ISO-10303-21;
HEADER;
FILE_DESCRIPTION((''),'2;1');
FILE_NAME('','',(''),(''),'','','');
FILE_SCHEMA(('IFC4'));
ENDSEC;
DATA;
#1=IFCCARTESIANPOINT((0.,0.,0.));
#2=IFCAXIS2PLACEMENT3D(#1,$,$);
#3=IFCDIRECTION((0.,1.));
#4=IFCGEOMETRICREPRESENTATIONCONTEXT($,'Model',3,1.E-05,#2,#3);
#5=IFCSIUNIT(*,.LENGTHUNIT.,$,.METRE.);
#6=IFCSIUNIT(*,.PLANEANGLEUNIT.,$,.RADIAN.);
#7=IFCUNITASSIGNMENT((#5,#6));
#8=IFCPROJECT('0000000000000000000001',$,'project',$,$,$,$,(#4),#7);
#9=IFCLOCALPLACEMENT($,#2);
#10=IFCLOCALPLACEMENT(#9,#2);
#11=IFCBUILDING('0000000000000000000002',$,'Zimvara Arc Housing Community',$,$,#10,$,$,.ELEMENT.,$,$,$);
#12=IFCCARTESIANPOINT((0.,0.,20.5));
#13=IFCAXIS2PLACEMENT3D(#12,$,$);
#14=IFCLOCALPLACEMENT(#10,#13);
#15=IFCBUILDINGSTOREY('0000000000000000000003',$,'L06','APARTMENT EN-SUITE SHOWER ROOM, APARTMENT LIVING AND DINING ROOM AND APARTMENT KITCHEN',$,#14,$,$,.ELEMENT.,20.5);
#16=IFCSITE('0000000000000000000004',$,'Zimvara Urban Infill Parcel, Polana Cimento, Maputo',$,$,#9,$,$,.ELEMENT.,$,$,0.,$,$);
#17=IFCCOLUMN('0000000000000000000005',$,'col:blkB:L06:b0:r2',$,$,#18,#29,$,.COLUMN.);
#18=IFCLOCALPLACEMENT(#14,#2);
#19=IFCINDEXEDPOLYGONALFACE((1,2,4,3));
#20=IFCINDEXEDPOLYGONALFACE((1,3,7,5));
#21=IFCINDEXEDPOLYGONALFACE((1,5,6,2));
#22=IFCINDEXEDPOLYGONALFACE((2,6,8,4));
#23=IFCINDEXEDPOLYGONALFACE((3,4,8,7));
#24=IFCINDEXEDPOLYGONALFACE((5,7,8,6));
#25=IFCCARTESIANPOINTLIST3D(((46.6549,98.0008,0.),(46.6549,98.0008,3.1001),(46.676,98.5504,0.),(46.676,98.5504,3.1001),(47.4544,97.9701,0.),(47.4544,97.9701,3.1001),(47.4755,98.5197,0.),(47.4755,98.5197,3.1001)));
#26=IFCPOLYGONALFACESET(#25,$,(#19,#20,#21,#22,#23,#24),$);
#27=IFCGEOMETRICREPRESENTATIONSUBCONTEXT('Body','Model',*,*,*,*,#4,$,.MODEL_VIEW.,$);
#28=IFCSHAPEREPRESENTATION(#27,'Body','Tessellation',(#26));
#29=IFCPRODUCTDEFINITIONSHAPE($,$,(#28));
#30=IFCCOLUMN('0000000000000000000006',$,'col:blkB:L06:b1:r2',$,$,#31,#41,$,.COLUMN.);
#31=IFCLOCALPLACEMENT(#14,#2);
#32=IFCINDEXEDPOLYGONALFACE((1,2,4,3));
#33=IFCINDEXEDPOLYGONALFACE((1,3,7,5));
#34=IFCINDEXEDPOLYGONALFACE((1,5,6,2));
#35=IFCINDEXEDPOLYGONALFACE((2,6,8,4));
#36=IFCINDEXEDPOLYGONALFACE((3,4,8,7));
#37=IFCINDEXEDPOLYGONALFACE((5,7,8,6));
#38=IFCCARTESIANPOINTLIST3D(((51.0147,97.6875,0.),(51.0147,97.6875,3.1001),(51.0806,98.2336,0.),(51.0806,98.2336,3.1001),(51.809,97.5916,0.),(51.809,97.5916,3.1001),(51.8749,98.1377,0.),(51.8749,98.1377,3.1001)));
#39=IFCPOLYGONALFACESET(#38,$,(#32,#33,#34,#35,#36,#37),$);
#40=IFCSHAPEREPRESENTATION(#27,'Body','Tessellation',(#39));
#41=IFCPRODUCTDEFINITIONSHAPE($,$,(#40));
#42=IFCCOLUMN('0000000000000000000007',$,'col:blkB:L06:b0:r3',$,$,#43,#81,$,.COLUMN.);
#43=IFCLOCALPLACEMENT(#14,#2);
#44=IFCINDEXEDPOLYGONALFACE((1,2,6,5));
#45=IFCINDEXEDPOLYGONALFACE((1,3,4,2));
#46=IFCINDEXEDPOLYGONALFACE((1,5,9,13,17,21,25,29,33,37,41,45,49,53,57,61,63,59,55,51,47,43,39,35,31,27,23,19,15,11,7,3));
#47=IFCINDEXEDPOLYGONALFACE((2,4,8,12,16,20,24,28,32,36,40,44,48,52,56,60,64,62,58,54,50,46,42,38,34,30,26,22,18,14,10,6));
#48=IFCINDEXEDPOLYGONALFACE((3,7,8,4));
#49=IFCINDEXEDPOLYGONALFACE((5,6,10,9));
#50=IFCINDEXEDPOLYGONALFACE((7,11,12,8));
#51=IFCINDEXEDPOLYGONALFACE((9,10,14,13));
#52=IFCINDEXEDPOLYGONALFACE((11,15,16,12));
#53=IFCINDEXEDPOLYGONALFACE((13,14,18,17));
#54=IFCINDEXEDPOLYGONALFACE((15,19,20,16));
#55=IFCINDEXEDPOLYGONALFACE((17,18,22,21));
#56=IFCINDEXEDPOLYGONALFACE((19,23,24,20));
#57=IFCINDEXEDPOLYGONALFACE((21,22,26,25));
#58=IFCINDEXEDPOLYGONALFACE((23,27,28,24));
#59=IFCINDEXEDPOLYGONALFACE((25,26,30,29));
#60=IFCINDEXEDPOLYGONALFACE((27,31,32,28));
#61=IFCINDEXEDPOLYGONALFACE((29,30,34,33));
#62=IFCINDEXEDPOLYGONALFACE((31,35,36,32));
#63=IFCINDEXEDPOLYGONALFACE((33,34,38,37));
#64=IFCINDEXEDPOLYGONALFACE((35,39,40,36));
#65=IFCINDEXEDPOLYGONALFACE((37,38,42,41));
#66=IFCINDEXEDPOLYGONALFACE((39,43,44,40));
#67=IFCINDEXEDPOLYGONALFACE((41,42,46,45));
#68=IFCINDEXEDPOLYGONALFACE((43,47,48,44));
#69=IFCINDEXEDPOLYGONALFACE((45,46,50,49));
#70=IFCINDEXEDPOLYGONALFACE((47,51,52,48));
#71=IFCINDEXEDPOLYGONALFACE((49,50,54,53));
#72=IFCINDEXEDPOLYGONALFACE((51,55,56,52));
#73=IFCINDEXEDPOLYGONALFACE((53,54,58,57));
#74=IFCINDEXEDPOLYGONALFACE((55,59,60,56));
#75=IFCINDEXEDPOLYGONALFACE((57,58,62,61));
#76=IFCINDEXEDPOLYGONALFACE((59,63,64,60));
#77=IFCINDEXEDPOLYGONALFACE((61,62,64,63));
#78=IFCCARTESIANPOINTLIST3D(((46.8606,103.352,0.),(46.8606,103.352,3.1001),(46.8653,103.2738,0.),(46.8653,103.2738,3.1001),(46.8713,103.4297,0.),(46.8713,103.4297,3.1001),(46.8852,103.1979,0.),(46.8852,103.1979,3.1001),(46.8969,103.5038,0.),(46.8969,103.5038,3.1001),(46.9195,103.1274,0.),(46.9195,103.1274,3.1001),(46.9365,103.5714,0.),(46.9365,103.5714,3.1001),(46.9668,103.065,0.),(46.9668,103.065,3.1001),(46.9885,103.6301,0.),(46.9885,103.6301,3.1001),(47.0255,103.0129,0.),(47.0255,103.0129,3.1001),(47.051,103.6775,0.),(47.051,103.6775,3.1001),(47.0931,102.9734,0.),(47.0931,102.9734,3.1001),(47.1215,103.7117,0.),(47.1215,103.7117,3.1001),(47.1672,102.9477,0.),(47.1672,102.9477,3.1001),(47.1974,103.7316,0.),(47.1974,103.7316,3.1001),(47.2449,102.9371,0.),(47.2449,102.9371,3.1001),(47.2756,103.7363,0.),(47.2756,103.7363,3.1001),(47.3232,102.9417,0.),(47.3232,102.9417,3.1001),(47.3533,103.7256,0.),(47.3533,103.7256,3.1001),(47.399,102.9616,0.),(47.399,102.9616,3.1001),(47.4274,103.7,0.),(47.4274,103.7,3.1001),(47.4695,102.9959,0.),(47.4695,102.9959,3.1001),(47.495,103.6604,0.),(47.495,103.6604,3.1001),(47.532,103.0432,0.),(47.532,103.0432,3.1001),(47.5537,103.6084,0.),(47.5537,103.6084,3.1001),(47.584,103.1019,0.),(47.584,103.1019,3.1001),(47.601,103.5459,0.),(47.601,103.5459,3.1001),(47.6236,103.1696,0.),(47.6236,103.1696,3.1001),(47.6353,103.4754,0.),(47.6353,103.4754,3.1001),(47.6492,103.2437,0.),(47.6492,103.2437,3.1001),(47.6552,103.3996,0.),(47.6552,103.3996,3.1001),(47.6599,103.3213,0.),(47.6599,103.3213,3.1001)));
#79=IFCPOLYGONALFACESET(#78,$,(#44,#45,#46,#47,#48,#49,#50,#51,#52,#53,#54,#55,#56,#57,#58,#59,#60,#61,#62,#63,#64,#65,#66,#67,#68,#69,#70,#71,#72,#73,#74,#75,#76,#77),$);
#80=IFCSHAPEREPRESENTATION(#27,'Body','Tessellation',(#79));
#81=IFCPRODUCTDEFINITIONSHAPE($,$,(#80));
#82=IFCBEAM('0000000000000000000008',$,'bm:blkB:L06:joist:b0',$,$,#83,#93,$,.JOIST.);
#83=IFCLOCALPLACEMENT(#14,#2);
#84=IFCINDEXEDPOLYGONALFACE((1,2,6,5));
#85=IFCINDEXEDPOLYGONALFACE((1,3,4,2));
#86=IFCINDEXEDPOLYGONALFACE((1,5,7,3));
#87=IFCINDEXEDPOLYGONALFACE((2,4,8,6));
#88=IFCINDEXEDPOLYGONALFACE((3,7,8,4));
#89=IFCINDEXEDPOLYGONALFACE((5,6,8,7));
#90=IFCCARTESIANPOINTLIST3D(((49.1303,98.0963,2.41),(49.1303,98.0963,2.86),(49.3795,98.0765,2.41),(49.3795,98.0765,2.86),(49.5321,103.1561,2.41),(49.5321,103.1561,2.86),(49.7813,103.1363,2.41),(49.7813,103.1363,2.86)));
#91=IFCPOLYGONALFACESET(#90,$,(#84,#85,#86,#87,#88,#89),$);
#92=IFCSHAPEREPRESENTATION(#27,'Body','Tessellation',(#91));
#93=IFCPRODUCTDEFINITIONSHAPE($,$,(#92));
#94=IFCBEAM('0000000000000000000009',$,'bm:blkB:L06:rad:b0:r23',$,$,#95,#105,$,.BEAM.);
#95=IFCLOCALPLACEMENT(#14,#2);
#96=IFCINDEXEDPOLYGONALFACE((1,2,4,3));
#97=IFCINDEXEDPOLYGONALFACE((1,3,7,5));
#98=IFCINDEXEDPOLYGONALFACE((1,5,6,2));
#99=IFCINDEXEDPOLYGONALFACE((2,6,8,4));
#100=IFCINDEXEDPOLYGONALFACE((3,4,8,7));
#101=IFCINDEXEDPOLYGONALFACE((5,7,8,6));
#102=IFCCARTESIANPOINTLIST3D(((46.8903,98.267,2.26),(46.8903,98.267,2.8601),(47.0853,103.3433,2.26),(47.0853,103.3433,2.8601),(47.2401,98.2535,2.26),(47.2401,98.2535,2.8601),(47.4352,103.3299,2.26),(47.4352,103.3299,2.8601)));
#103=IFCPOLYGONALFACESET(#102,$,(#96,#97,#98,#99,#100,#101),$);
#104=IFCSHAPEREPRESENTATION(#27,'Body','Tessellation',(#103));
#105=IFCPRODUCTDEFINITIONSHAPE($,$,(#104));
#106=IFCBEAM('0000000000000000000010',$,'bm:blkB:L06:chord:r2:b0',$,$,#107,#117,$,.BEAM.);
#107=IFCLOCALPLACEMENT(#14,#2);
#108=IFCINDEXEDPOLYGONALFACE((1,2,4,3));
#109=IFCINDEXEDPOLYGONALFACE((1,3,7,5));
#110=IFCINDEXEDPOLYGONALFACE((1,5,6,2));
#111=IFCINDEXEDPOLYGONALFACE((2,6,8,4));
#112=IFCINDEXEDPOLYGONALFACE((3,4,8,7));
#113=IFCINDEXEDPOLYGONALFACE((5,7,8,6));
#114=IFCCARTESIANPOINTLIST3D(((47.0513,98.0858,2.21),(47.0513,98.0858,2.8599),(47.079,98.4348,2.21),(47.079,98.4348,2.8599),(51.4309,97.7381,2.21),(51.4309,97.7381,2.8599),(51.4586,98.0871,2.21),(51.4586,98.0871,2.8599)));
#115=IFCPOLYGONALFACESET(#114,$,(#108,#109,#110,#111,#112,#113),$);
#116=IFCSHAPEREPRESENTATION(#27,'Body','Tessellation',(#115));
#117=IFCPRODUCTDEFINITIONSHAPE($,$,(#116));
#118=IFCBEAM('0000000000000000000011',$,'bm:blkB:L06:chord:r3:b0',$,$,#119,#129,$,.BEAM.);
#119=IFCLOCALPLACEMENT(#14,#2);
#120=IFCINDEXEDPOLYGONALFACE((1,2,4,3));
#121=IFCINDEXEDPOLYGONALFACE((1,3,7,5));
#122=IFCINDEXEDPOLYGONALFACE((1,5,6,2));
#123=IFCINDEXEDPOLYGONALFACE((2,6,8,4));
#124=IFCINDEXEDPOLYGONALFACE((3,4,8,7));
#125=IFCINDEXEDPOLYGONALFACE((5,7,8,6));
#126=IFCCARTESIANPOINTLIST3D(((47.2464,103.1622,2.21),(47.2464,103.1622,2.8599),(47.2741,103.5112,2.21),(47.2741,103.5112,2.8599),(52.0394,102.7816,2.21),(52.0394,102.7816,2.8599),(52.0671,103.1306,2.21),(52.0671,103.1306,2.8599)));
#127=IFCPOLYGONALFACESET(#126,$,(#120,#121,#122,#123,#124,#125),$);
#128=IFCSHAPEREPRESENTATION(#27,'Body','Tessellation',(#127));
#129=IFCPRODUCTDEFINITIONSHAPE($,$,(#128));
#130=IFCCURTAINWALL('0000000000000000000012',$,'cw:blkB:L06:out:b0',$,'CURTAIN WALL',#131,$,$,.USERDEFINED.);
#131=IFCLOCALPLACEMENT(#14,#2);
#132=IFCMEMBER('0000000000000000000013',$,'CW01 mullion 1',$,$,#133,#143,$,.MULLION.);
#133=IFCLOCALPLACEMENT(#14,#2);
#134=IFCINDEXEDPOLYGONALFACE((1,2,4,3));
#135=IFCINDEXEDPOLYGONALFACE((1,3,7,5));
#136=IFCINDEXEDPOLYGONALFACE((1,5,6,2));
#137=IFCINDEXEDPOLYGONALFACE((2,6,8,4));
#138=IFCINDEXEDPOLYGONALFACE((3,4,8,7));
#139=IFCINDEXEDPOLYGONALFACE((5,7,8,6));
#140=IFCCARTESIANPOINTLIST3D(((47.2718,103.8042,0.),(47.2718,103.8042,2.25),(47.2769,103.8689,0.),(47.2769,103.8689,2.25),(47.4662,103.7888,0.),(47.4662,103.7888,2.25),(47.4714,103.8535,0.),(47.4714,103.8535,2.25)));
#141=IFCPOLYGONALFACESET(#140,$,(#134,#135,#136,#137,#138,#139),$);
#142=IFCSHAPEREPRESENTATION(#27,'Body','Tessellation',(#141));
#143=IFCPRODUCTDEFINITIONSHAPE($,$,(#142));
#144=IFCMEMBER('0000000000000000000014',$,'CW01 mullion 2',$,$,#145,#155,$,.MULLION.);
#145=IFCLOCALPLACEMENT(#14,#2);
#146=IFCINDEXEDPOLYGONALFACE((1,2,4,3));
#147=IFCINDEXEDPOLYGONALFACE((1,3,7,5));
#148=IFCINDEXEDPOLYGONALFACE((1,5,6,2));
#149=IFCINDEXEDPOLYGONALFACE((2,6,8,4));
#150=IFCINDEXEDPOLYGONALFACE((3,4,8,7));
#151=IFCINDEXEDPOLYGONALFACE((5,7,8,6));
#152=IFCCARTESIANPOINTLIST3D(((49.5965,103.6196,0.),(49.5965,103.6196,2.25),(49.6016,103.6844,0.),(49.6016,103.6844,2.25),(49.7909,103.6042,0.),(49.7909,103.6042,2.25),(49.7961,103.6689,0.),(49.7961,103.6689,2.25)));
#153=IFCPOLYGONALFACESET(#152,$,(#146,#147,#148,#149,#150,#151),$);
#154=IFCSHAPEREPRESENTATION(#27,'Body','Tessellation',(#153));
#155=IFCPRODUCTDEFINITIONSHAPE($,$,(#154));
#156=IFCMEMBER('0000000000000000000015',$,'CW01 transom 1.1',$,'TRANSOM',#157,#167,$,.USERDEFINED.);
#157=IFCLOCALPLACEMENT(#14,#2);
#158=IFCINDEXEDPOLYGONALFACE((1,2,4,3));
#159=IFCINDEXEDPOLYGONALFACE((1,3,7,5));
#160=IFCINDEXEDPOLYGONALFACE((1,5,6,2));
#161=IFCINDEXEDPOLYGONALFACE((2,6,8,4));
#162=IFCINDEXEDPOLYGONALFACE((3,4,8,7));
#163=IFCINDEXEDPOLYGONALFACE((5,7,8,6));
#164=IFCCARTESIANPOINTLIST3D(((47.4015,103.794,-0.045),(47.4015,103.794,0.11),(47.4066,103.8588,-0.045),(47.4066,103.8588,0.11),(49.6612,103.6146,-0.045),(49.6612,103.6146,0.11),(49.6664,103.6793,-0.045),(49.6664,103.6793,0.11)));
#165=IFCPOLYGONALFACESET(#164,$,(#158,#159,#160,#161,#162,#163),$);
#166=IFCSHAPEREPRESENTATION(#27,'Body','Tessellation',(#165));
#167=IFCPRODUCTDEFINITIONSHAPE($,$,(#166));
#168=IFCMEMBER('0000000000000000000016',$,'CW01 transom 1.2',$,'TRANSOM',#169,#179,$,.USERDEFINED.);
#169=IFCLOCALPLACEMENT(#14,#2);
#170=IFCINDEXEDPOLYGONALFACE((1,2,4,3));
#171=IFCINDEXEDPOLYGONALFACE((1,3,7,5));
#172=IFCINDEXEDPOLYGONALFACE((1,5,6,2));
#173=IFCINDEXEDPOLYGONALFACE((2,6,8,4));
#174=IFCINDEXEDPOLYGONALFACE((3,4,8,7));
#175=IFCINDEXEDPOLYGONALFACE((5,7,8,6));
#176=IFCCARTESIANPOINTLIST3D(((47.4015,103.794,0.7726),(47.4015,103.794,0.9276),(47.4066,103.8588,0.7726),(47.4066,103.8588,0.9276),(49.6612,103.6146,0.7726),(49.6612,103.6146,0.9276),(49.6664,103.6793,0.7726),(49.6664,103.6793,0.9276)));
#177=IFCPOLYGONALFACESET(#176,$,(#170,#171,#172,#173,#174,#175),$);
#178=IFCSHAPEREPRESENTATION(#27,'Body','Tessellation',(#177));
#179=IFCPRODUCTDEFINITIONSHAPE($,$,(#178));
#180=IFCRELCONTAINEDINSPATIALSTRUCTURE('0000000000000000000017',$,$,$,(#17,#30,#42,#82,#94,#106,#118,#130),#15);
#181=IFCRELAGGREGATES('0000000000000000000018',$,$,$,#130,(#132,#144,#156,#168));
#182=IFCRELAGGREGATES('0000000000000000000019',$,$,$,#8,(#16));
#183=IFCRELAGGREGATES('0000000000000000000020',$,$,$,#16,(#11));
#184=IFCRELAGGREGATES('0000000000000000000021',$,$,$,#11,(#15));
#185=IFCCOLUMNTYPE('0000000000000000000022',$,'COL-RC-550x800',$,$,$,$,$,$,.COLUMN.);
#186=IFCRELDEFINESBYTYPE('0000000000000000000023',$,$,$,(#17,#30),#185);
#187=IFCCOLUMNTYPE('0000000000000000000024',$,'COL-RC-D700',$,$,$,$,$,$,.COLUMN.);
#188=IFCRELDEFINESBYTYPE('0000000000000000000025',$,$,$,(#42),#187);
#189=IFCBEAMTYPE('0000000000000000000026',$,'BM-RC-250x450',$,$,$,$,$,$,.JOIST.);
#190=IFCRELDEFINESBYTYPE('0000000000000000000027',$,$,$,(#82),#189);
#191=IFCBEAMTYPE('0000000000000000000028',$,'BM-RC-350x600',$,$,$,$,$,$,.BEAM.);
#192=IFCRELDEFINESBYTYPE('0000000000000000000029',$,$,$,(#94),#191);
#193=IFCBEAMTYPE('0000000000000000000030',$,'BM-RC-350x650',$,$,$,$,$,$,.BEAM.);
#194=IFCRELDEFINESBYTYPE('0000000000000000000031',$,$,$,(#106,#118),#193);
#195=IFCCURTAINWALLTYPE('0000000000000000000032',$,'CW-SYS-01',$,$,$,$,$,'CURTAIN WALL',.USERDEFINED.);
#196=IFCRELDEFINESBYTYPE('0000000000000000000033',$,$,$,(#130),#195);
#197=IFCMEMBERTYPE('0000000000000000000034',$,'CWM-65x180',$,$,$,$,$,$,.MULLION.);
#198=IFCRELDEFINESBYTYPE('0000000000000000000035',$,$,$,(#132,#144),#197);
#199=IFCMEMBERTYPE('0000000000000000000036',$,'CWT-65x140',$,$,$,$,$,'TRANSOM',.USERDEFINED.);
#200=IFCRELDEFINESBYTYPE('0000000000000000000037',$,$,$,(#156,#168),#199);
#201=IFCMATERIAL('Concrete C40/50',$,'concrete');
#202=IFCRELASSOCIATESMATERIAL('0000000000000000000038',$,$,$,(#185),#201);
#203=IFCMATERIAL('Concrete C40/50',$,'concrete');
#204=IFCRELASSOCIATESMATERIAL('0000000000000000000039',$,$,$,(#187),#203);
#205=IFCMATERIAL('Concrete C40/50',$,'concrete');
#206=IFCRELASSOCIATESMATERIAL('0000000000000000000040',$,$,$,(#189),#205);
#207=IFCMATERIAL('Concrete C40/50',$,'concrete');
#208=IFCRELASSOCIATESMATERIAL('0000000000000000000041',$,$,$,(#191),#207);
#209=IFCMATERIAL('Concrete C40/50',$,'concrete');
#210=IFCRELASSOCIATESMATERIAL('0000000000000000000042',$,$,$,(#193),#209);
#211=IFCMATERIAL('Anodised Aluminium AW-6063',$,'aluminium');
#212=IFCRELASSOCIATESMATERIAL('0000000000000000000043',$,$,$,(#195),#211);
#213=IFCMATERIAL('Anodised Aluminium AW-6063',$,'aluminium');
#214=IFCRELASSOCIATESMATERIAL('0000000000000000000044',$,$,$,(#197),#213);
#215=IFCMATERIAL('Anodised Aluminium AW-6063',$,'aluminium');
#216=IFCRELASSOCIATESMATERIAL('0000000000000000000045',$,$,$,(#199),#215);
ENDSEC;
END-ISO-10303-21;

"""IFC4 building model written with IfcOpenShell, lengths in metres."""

from ifc_helpers import new_model, si_unit, direction, frame, origin, origin_2d, place, context, subcontext, project, spatial, rectangle, circle, extrude, material, material_profile, profile_set, type_object, element, aggregate, save


model = new_model("IFC4")

# Units and contexts
model_context = context("Model", 3, precision=1e-05, world=origin(), true_north=direction((0.0, 1.0)))
body_context = subcontext(model_context, "Body", "Model", "MODEL_VIEW")
ifc_project = project(units=[si_unit("LENGTHUNIT", "METRE"), si_unit("PLANEANGLEUNIT", "RADIAN")], contexts=[model_context])

# Site, building, storey
site_placement = place(None, origin())
site = spatial("IfcSite", under=ifc_project, at=site_placement, Name="Zimvara Urban Infill Parcel, Polana Cimento, Maputo", CompositionType="ELEMENT", RefElevation=0.0)
building_placement = place(site_placement, origin())
building = spatial("IfcBuilding", under=site, at=building_placement, Name="Zimvara Arc Housing Community", CompositionType="ELEMENT")
storey_placement = place(building_placement, frame((0.0, 0.0, 20.5)))
storey = spatial("IfcBuildingStorey", under=building, at=storey_placement, Name="L06", Description="APARTMENT EN-SUITE SHOWER ROOM, APARTMENT LIVING AND DINING ROOM AND APARTMENT KITCHEN", CompositionType="ELEMENT", Elevation=20.5)

# Columns
ifc_material_1 = material(Name="Concrete C40/50", Category="concrete")
ifc_material_profile_1 = material_profile(ifc_material_1, rectangle(XDim=0.55, YDim=0.8, at=origin_2d()), Name="RC 550x800")
ifc_profile_set_1 = profile_set([ifc_material_profile_1], Name="Concrete C40/50")
column_type_1 = type_object("IfcColumnType", Name="COL-RC-550x800", PredefinedType="COLUMN", material=ifc_profile_set_1)
for number, where, z_axis, x_axis, name in (
    (1, (47.0652, 98.2603, 0.0), (0.0, 0.0, 1.0), (0.038388, 0.999263, 0.0), "col:blkB:L06:b0:r2"),
    (2, (51.4448, 97.9126, 0.0), (0.0, 0.0, 1.0), (0.11979, 0.992799, 0.0), "col:blkB:L06:b1:r2"),
):
    element("IfcColumn", number, at=place(storey_placement, frame(where, z_axis=z_axis, x_axis=x_axis)), inside=storey, type_object=column_type_1, Name=name, PredefinedType="COLUMN", context=body_context, shape_type="SweptSolid", body=[
        extrude(rectangle(XDim=0.55, YDim=0.8, at=origin_2d()), origin(), (0.0, 0.0, 1.0), 3.1001),
    ])
ifc_material_2 = material(Name="Concrete C40/50", Category="concrete")
ifc_material_profile_2 = material_profile(ifc_material_2, circle(Radius=0.3999, at=origin_2d()), Name="RC D800")
ifc_profile_set_2 = profile_set([ifc_material_profile_2], Name="Concrete C40/50")
column_type_2 = type_object("IfcColumnType", Name="COL-RC-D700", PredefinedType="COLUMN", material=ifc_profile_set_2)
column_placement = place(storey_placement, frame((47.2603, 103.3367, 0.0), z_axis=(0.0, 0.0, 1.0), x_axis=(0.038388, 0.999263, 0.0)))
element("IfcColumn", 3, at=column_placement, inside=storey, type_object=column_type_2, Name="col:blkB:L06:b0:r3", PredefinedType="COLUMN", context=body_context, shape_type="SweptSolid", body=[
    extrude(circle(Radius=0.3999, at=origin_2d()), origin(), (0.0, 0.0, 1.0), 3.1001),
])

# Beams
ifc_material_3 = material(Name="Concrete C40/50", Category="concrete")
ifc_material_profile_3 = material_profile(ifc_material_3, rectangle(XDim=0.25, YDim=0.45, at=origin_2d()), Name="RC 250x450")
ifc_profile_set_3 = profile_set([ifc_material_profile_3], Name="Concrete C40/50")
beam_type_1 = type_object("IfcBeamType", Name="BM-RC-250x450", PredefinedType="JOIST", material=ifc_profile_set_3)
beam_1_placement = place(storey_placement, frame((49.2549, 98.0864, 2.635), z_axis=(0.079172, 0.996861, 0.0), x_axis=(-0.996861, 0.079172, 0.0)))
element("IfcBeam", 4, at=beam_1_placement, inside=storey, type_object=beam_type_1, Name="bm:blkB:L06:joist:b0", PredefinedType="JOIST", context=body_context, shape_type="SweptSolid", body=[
    extrude(rectangle(XDim=0.25, YDim=0.45, at=origin_2d()), origin(), (0.0, 0.0, 1.0), 5.0757),
])
ifc_material_4 = material(Name="Concrete C40/50", Category="concrete")
ifc_material_profile_4 = material_profile(ifc_material_4, rectangle(XDim=0.3501, YDim=0.6001, at=origin_2d()), Name="RC 350x600")
ifc_profile_set_4 = profile_set([ifc_material_profile_4], Name="Concrete C40/50")
beam_type_2 = type_object("IfcBeamType", Name="BM-RC-350x600", PredefinedType="BEAM", material=ifc_profile_set_4)
beam_2_placement = place(storey_placement, frame((47.0652, 98.2603, 2.5601), z_axis=(0.038398, 0.999263, 0.0), x_axis=(-0.999263, 0.038398, 0.0)))
element("IfcBeam", 5, at=beam_2_placement, inside=storey, type_object=beam_type_2, Name="bm:blkB:L06:rad:b0:r23", PredefinedType="BEAM", context=body_context, shape_type="SweptSolid", body=[
    extrude(rectangle(XDim=0.3501, YDim=0.6001, at=origin_2d()), origin(), (0.0, 0.0, 1.0), 5.0801),
])
ifc_material_5 = material(Name="Concrete C40/50", Category="concrete")
ifc_material_profile_5 = material_profile(ifc_material_5, rectangle(XDim=0.3501, YDim=0.6499, at=origin_2d()), Name="RC 350x650")
ifc_profile_set_5 = profile_set([ifc_material_profile_5], Name="Concrete C40/50")
beam_type_3 = type_object("IfcBeamType", Name="BM-RC-350x650", PredefinedType="BEAM", material=ifc_profile_set_5)
beam_3_placement = place(storey_placement, frame((47.0652, 98.2603, 2.5349), z_axis=(0.996864, -0.079131, 0.0), x_axis=(0.079131, 0.996864, 0.0)))
element("IfcBeam", 6, at=beam_3_placement, inside=storey, type_object=beam_type_3, Name="bm:blkB:L06:chord:r2:b0", PredefinedType="BEAM", context=body_context, shape_type="SweptSolid", body=[
    extrude(rectangle(XDim=0.3501, YDim=0.6499, at=origin_2d()), origin(), (0.0, 0.0, 1.0), 4.3933),
])
beam_4_placement = place(storey_placement, frame((47.2603, 103.3367, 2.5349), z_axis=(0.996862, -0.079162, 0.0), x_axis=(0.079162, 0.996862, 0.0)))
element("IfcBeam", 7, at=beam_4_placement, inside=storey, type_object=beam_type_3, Name="bm:blkB:L06:chord:r3:b0", PredefinedType="BEAM", context=body_context, shape_type="SweptSolid", body=[
    extrude(rectangle(XDim=0.3501, YDim=0.6499, at=origin_2d()), origin(), (0.0, 0.0, 1.0), 4.8081),
])

# Curtain wall, members
ifc_material_6 = material(Name="Anodised Aluminium AW-6063", Category="aluminium")
curtain_wall_type = type_object("IfcCurtainWallType", Name="CW-SYS-01", ElementType="CURTAIN WALL", PredefinedType="USERDEFINED", material=ifc_material_6)
curtain_wall_placement = place(storey_placement, origin())
curtain_wall = element("IfcCurtainWall", 8, at=curtain_wall_placement, inside=storey, type_object=curtain_wall_type, Name="cw:blkB:L06:out:b0", ObjectType="CURTAIN WALL", PredefinedType="USERDEFINED")
ifc_material_7 = material(Name="Anodised Aluminium AW-6063", Category="aluminium")
ifc_material_profile_6 = material_profile(ifc_material_7, rectangle(XDim=0.0649, YDim=0.1951, at=origin_2d()), Name="ALU 65x195")
ifc_profile_set_6 = profile_set([ifc_material_profile_6], Name="Anodised Aluminium AW-6063")
member_type_1 = type_object("IfcMemberType", Name="CWM-65x180", PredefinedType="MULLION", material=ifc_profile_set_6)
member_1_placement = place(storey_placement, frame((47.3716, 103.8289, 0.0), z_axis=(0.0, 0.0, 1.0), x_axis=(0.079154, 0.996862, 0.0)))
member_1 = element("IfcMember", 9, at=member_1_placement, type_object=member_type_1, Name="CW01 mullion 1", PredefinedType="MULLION", context=body_context, shape_type="SweptSolid", body=[
    extrude(rectangle(XDim=0.0649, YDim=0.1951, at=origin_2d()), origin(), (0.0, 0.0, 1.0), 2.25),
])
member_2_placement = place(storey_placement, frame((49.6963, 103.6443, 0.0), z_axis=(0.0, 0.0, 1.0), x_axis=(0.079154, 0.996862, 0.0)))
member_2 = element("IfcMember", 10, at=member_2_placement, type_object=member_type_1, Name="CW01 mullion 2", PredefinedType="MULLION", context=body_context, shape_type="SweptSolid", body=[
    extrude(rectangle(XDim=0.0649, YDim=0.1951, at=origin_2d()), origin(), (0.0, 0.0, 1.0), 2.25),
])
ifc_material_8 = material(Name="Anodised Aluminium AW-6063", Category="aluminium")
ifc_material_profile_7 = material_profile(ifc_material_8, rectangle(XDim=0.0649, YDim=0.155, at=origin_2d()), Name="ALU 65x155")
ifc_profile_set_7 = profile_set([ifc_material_profile_7], Name="Anodised Aluminium AW-6063")
member_type_2 = type_object("IfcMemberType", Name="CWT-65x140", ElementType="TRANSOM", PredefinedType="USERDEFINED", material=ifc_profile_set_7)
member_3_placement = place(storey_placement, frame((47.4041, 103.8264, 0.0325), z_axis=(0.996862, -0.079159, 0.0), x_axis=(0.079159, 0.996862, 0.0)))
member_3 = element("IfcMember", 11, at=member_3_placement, type_object=member_type_2, Name="CW01 transom 1.1", ObjectType="TRANSOM", PredefinedType="USERDEFINED", context=body_context, shape_type="SweptSolid", body=[
    extrude(rectangle(XDim=0.0649, YDim=0.155, at=origin_2d()), origin(), (0.0, 0.0, 1.0), 2.2668),
])
member_4_placement = place(storey_placement, frame((47.4041, 103.8264, 0.8501), z_axis=(0.996862, -0.079159, 0.0), x_axis=(0.079159, 0.996862, 0.0)))
member_4 = element("IfcMember", 12, at=member_4_placement, type_object=member_type_2, Name="CW01 transom 1.2", ObjectType="TRANSOM", PredefinedType="USERDEFINED", context=body_context, shape_type="SweptSolid", body=[
    extrude(rectangle(XDim=0.0649, YDim=0.155, at=origin_2d()), origin(), (0.0, 0.0, 1.0), 2.2668),
])
aggregate(curtain_wall, [member_1, member_2, member_3, member_4])

save(model, "model.ifc")
